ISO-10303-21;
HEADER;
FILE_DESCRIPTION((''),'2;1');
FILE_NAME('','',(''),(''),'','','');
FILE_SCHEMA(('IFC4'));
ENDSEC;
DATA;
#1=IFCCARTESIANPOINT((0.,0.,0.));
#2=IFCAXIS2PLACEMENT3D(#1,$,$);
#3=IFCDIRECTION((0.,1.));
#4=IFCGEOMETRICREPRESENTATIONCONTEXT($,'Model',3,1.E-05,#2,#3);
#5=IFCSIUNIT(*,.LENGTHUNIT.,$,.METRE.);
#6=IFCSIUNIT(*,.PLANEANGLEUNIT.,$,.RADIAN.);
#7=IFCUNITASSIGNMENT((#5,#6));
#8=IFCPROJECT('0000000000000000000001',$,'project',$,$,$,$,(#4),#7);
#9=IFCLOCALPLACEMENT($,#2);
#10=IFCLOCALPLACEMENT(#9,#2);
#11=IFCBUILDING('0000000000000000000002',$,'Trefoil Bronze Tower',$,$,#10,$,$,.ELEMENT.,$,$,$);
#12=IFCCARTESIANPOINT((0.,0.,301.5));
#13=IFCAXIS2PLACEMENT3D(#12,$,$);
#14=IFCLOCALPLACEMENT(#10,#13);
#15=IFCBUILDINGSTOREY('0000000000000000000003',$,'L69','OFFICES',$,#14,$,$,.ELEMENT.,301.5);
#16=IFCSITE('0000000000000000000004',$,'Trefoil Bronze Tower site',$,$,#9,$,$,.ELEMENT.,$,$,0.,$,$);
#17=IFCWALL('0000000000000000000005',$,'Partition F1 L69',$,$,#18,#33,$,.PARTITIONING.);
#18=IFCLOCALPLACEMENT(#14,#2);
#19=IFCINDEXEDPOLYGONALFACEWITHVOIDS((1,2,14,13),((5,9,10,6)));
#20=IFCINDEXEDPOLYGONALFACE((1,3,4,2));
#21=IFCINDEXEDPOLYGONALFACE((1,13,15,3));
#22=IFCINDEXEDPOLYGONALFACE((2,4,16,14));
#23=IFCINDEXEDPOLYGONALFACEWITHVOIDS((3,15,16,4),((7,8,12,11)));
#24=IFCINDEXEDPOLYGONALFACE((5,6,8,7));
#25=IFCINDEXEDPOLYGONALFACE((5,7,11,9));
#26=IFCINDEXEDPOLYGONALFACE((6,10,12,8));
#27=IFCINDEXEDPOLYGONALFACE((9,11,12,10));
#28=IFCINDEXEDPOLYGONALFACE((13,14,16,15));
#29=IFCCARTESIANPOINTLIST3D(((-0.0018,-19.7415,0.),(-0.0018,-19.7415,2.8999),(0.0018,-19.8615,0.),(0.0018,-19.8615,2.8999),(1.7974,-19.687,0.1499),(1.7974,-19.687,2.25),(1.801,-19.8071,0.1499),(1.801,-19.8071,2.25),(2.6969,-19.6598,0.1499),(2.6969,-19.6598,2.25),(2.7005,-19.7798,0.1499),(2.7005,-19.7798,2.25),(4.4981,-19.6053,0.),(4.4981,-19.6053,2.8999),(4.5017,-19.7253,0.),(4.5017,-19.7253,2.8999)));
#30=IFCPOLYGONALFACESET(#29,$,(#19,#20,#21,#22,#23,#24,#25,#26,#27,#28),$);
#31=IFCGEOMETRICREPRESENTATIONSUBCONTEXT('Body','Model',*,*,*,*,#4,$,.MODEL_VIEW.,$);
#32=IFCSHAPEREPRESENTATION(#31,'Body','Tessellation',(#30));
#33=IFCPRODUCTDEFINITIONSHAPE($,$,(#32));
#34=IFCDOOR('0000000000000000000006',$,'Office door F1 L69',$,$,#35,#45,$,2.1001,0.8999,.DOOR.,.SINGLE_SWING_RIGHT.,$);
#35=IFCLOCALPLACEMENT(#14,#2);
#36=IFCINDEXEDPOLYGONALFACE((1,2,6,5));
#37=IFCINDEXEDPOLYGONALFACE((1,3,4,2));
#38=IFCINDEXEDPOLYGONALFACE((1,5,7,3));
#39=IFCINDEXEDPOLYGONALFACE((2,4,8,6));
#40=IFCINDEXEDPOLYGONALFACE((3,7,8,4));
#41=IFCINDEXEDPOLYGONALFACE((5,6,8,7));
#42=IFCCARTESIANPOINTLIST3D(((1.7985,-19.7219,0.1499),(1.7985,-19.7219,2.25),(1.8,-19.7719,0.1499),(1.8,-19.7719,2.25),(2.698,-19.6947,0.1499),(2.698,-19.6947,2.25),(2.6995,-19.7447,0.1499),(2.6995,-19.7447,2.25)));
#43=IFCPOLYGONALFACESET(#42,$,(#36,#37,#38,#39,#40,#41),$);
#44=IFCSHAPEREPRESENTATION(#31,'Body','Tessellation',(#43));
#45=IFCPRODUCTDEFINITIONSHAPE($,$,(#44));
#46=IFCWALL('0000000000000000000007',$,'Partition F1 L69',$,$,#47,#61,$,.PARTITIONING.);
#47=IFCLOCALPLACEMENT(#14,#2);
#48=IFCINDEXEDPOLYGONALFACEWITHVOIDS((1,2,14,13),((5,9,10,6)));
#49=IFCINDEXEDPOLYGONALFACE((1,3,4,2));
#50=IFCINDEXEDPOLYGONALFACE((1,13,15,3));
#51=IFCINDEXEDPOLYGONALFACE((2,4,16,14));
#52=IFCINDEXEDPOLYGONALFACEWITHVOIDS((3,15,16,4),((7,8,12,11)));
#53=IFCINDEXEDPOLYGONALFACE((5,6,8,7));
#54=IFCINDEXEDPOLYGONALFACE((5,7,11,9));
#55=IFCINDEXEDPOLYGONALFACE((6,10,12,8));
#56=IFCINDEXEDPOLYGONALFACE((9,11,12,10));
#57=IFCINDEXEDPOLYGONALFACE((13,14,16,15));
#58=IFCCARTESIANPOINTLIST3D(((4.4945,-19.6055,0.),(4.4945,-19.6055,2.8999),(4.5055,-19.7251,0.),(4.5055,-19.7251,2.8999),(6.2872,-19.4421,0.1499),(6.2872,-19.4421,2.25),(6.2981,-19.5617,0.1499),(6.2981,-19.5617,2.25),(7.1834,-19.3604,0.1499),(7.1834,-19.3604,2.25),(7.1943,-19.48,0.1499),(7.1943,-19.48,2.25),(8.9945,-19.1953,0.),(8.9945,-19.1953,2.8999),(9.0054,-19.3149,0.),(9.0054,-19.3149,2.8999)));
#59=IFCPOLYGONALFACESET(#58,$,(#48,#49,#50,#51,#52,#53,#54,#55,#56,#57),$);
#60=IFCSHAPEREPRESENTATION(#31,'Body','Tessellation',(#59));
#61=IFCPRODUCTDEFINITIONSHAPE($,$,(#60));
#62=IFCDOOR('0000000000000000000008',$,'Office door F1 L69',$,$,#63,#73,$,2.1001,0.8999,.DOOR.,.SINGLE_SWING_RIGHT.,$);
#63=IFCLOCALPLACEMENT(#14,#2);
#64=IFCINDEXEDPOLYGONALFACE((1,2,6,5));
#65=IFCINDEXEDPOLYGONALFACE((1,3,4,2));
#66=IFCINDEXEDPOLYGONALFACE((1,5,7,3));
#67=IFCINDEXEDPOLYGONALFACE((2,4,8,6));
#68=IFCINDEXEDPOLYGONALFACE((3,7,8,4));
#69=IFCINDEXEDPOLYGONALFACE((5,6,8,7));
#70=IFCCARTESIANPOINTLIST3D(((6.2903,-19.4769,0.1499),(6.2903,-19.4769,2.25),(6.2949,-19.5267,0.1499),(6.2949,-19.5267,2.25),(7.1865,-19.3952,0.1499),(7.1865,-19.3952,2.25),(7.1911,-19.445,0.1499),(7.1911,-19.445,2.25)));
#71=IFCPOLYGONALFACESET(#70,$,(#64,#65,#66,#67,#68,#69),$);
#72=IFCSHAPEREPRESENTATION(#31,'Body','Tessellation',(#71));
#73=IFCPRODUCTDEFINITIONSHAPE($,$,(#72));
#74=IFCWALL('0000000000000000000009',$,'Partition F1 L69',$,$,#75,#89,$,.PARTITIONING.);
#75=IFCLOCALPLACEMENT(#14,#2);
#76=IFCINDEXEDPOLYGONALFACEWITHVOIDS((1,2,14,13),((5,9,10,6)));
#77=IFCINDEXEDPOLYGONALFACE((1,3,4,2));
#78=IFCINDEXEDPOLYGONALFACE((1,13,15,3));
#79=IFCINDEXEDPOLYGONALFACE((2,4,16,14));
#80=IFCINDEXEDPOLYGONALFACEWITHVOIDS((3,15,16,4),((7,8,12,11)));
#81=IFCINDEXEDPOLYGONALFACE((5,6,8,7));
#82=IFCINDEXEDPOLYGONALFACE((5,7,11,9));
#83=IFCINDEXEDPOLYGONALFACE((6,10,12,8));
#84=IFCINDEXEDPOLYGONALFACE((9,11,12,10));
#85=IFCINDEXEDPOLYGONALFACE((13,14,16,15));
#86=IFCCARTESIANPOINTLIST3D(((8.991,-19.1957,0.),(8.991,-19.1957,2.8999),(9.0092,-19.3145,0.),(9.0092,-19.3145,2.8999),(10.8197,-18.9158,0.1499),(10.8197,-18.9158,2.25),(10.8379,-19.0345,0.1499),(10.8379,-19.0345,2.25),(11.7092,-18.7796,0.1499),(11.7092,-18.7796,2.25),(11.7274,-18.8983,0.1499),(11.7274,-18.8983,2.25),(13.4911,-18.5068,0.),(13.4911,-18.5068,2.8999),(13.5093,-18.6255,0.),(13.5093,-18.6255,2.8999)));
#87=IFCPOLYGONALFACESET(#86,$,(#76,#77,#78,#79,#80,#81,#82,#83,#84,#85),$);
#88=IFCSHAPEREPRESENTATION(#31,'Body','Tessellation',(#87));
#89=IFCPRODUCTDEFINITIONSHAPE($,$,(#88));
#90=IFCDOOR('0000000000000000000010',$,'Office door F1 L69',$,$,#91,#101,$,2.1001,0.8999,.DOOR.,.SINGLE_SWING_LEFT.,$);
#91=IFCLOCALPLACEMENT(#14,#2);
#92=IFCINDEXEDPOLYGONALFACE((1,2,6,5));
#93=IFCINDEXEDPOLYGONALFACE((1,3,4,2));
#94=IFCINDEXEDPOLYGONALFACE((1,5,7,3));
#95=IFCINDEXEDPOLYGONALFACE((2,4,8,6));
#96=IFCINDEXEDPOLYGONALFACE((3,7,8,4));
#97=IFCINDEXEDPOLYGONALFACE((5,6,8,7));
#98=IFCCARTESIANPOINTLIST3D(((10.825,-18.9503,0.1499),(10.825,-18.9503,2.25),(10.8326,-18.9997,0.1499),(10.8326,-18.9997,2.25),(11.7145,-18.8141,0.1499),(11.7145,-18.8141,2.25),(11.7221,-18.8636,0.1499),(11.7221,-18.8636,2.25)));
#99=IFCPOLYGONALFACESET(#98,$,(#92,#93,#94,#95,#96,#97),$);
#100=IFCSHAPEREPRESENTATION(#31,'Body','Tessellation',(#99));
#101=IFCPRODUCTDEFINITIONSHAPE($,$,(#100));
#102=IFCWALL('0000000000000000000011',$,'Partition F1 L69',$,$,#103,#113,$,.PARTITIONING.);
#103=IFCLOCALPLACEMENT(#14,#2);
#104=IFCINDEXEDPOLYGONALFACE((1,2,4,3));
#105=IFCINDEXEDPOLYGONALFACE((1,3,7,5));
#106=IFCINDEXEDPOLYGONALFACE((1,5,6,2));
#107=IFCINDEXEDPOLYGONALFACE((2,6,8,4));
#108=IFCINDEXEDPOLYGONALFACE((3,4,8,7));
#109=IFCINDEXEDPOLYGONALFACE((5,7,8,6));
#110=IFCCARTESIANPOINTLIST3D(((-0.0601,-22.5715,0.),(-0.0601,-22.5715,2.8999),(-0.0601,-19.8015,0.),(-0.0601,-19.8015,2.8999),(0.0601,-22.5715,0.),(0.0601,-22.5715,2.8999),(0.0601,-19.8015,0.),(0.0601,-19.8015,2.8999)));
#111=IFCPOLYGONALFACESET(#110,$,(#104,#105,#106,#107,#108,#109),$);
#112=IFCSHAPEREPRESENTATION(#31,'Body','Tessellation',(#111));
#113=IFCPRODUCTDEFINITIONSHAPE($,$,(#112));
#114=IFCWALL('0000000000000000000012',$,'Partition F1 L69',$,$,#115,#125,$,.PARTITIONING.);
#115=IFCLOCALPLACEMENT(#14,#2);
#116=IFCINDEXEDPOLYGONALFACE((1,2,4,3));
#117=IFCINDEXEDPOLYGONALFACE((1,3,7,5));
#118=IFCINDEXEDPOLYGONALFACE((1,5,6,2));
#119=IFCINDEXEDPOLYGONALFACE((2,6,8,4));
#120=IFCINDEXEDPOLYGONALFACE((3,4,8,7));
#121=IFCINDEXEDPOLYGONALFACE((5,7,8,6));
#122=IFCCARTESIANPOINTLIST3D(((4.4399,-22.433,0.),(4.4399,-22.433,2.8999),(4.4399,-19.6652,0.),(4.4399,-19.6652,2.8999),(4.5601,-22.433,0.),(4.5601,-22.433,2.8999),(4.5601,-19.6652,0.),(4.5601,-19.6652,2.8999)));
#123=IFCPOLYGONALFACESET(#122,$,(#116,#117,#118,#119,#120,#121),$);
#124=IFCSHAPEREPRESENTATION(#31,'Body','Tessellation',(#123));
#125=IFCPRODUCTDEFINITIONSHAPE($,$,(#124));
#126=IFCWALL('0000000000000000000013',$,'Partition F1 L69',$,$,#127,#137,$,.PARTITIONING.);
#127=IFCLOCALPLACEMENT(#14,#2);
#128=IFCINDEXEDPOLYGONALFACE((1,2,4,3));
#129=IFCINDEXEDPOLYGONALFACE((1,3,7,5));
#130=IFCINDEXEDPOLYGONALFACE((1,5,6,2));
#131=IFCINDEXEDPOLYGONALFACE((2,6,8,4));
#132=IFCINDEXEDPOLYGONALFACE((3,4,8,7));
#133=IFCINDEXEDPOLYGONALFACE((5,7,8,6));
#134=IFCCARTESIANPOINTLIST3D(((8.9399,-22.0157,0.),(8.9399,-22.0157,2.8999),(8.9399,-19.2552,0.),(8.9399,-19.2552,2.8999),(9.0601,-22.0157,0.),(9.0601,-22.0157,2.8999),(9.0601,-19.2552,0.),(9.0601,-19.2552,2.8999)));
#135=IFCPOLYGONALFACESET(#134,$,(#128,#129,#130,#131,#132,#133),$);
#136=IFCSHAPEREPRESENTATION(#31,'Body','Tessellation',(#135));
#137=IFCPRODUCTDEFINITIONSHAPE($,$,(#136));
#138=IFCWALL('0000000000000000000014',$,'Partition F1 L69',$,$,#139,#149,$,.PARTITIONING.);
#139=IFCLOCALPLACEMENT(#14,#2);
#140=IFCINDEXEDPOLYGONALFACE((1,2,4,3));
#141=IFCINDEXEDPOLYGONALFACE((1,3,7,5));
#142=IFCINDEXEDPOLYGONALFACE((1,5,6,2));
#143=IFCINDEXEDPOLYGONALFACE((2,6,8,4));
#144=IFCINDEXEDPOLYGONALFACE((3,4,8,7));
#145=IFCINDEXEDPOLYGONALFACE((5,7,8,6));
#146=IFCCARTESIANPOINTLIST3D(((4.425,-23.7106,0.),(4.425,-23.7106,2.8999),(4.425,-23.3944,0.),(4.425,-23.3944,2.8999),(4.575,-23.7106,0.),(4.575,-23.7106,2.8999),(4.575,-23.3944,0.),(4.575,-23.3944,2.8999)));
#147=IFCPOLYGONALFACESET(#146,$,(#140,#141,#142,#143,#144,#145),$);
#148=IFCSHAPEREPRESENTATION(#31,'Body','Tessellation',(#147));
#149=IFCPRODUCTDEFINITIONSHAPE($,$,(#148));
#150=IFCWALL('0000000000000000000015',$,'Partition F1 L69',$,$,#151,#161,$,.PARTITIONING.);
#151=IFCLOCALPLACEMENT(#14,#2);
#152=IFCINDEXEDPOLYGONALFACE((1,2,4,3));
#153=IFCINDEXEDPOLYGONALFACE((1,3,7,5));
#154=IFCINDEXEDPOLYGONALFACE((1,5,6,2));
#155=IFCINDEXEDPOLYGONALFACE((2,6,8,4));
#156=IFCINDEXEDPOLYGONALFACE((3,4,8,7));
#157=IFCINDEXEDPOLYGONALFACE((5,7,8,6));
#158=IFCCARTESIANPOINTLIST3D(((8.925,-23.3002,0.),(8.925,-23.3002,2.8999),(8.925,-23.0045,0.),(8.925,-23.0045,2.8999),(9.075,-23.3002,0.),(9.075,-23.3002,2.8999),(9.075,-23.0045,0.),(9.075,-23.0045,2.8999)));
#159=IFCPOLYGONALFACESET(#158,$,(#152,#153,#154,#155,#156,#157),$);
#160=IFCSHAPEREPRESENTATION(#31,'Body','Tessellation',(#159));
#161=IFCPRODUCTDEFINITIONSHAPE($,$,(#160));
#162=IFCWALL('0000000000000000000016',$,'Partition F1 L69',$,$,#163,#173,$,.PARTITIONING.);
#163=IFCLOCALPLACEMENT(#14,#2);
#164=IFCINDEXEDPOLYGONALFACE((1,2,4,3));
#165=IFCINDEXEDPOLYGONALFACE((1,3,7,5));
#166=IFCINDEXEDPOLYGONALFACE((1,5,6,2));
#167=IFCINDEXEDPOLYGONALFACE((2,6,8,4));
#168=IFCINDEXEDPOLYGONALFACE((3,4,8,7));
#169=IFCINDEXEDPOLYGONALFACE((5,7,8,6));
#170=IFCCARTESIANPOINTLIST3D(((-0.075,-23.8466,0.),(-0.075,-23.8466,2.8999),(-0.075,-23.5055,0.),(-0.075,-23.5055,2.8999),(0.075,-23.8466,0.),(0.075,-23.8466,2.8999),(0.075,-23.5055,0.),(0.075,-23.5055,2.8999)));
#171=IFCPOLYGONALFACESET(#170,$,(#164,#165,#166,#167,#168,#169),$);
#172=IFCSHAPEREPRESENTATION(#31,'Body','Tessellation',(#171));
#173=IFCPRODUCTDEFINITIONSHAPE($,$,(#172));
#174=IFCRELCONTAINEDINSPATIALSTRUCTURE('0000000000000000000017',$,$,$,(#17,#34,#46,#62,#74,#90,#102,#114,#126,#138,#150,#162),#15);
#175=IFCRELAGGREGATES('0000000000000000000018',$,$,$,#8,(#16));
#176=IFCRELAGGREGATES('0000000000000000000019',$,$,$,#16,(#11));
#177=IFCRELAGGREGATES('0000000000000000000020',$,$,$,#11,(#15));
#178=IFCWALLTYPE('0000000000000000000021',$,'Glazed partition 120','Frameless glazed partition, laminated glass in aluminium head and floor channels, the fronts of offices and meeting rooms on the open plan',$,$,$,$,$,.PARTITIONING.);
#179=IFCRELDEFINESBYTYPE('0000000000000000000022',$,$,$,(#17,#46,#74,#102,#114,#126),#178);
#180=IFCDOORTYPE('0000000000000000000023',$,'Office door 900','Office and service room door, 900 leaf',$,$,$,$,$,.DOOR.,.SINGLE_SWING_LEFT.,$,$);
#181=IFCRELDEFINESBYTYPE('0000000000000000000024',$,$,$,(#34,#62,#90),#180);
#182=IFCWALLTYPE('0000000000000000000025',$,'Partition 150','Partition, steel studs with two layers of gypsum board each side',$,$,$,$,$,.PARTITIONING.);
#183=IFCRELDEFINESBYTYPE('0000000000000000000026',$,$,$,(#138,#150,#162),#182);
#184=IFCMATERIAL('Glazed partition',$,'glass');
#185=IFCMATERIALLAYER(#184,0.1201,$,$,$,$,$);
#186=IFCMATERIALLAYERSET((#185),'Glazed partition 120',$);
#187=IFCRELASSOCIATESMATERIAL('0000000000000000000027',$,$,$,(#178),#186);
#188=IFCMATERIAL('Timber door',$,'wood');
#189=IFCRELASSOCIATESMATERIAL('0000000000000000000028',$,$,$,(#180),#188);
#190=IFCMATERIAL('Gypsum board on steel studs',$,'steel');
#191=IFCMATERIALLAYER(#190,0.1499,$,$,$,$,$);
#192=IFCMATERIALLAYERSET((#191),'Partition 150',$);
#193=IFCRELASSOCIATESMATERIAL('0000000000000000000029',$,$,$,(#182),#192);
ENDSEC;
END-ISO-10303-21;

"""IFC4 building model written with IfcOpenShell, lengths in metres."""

from ifc_helpers import new_model, si_unit, direction, frame, frame_2d, origin, place, context, subcontext, project, spatial, rectangle, extrude, material, layer, layer_set, type_object, element, fill, save


model = new_model("IFC4")

# Units and contexts
model_context = context("Model", 3, precision=1e-05, world=origin(), true_north=direction((0.0, 1.0)))
body_context = subcontext(model_context, "Body", "Model", "MODEL_VIEW")
ifc_project = project(units=[si_unit("LENGTHUNIT", "METRE"), si_unit("PLANEANGLEUNIT", "RADIAN")], contexts=[model_context])

# Site, building, storey
site_placement = place(None, origin())
site = spatial("IfcSite", under=ifc_project, at=site_placement, Name="Trefoil Bronze Tower site", CompositionType="ELEMENT", RefElevation=0.0)
building_placement = place(site_placement, origin())
building = spatial("IfcBuilding", under=site, at=building_placement, Name="Trefoil Bronze Tower", CompositionType="ELEMENT")
storey_placement = place(building_placement, frame((0.0, 0.0, 301.5)))
storey = spatial("IfcBuildingStorey", under=building, at=storey_placement, Name="L69", Description="OFFICES", CompositionType="ELEMENT", Elevation=301.5)

# Shared definitions
ifc_material_1 = material(Name="Glazed partition", Category="glass")
ifc_layer_1 = layer(ifc_material_1, 0.1201)
ifc_layer_set_1 = layer_set([ifc_layer_1], Name="Glazed partition 120")
wall_type_1 = type_object("IfcWallType", Name="Glazed partition 120", Description="Frameless glazed partition, laminated glass in aluminium head and floor channels, the fronts of offices and meeting rooms on the open plan", PredefinedType="PARTITIONING", material=ifc_layer_set_1)

# Walls, openings, doors
wall_1_placement = place(storey_placement, frame((0.0, -19.8015, 0.0), z_axis=(0.0, 0.0, 1.0), x_axis=(0.999542, 0.03026, 0.0)))
wall_1 = element("IfcWall", 1, at=wall_1_placement, inside=storey, type_object=wall_type_1, Name="Partition F1 L69", PredefinedType="PARTITIONING", context=body_context, shape_type="SweptSolid", body=[
    extrude(rectangle(XDim=4.502, YDim=0.1201, at=frame_2d((2.251, 0.0))), origin(), (0.0, 0.0, 1.0), 2.8999),
])
opening_1_placement = place(wall_1_placement, frame((1.8, 0.0, 0.1499)))
opening_1 = element("IfcOpeningElement", 2, at=opening_1_placement, cuts=wall_1, PredefinedType="OPENING", context=body_context, shape_type="SweptSolid", body=[
    extrude(rectangle(XDim=0.8999, YDim=2.1001, at=frame_2d((0.45, 1.05))), frame((0.0, 0.0701, 0.0), z_axis=(0.0, -1.0, 0.0), x_axis=(1.0, 0.0, 0.0)), (0.0, 0.0, 1.0), 0.1401),
])
ifc_material_2 = material(Name="Timber door", Category="wood")
door_type = type_object("IfcDoorType", Name="Office door 900", Description="Office and service room door, 900 leaf", OperationType="SINGLE_SWING_LEFT", PredefinedType="DOOR", material=ifc_material_2)
door_1_placement = place(opening_1_placement, frame((0.8999, 0.0, 0.0), z_axis=(0.0, 0.0, 1.0), x_axis=(-1.0, 0.0, 0.0)))
door_1 = element("IfcDoor", 3, at=door_1_placement, inside=storey, type_object=door_type, Name="Office door F1 L69", OperationType="SINGLE_SWING_RIGHT", OverallHeight=2.1001, OverallWidth=0.8999, PredefinedType="DOOR", context=body_context, shape_type="SweptSolid", body=[
    extrude(rectangle(XDim=0.8999, YDim=2.1001, at=frame_2d((0.45, 1.05))), frame((0.0, 0.0249, 0.0), z_axis=(0.0, -1.0, 0.0), x_axis=(1.0, 0.0, 0.0)), (0.0, 0.0, 1.0), 0.05),
])
fill(opening_1, door_1)
wall_2_placement = place(storey_placement, frame((4.5, -19.6653, 0.0), z_axis=(0.0, 0.0, 1.0), x_axis=(0.995872, 0.09077, 0.0)))
wall_2 = element("IfcWall", 4, at=wall_2_placement, inside=storey, type_object=wall_type_1, Name="Partition F1 L69", PredefinedType="PARTITIONING", context=body_context, shape_type="SweptSolid", body=[
    extrude(rectangle(XDim=4.5186, YDim=0.1201, at=frame_2d((2.2593, 0.0))), origin(), (0.0, 0.0, 1.0), 2.8999),
])
opening_2_placement = place(wall_2_placement, frame((1.8, 0.0, 0.1499)))
opening_2 = element("IfcOpeningElement", 5, at=opening_2_placement, cuts=wall_2, PredefinedType="OPENING", context=body_context, shape_type="SweptSolid", body=[
    extrude(rectangle(XDim=0.8999, YDim=2.1001, at=frame_2d((0.45, 1.05))), frame((0.0, 0.0701, 0.0), z_axis=(0.0, -1.0, 0.0), x_axis=(1.0, 0.0, 0.0)), (0.0, 0.0, 1.0), 0.1401),
])
door_2_placement = place(opening_2_placement, frame((0.8999, 0.0, 0.0), z_axis=(0.0, 0.0, 1.0), x_axis=(-1.0, 0.0, 0.0)))
door_2 = element("IfcDoor", 6, at=door_2_placement, inside=storey, type_object=door_type, Name="Office door F1 L69", OperationType="SINGLE_SWING_RIGHT", OverallHeight=2.1001, OverallWidth=0.8999, PredefinedType="DOOR", context=body_context, shape_type="SweptSolid", body=[
    extrude(rectangle(XDim=0.8999, YDim=2.1001, at=frame_2d((0.45, 1.05))), frame((0.0, 0.0249, 0.0), z_axis=(0.0, -1.0, 0.0), x_axis=(1.0, 0.0, 0.0)), (0.0, 0.0, 1.0), 0.05),
])
fill(opening_2, door_2)
wall_3_placement = place(storey_placement, frame((9.0, -19.2551, 0.0), z_axis=(0.0, 0.0, 1.0), x_axis=(0.988482, 0.15134, 0.0)))
wall_3 = element("IfcWall", 7, at=wall_3_placement, inside=storey, type_object=wall_type_1, Name="Partition F1 L69", PredefinedType="PARTITIONING", context=body_context, shape_type="SweptSolid", body=[
    extrude(rectangle(XDim=4.5525, YDim=0.1201, at=frame_2d((2.2764, 0.0))), origin(), (0.0, 0.0, 1.0), 2.8999),
])
opening_3_placement = place(wall_3_placement, frame((1.8501, 0.0, 0.1499)))
opening_3 = element("IfcOpeningElement", 8, at=opening_3_placement, cuts=wall_3, PredefinedType="OPENING", context=body_context, shape_type="SweptSolid", body=[
    extrude(rectangle(XDim=0.8999, YDim=2.1001, at=frame_2d((0.45, 1.05))), frame((0.0, 0.0701, 0.0), z_axis=(0.0, -1.0, 0.0), x_axis=(1.0, 0.0, 0.0)), (0.0, 0.0, 1.0), 0.1401),
])
door_3_placement = place(opening_3_placement, frame((0.8999, 0.0, 0.0), z_axis=(0.0, 0.0, 1.0), x_axis=(-1.0, 0.0, 0.0)))
door_3 = element("IfcDoor", 9, at=door_3_placement, inside=storey, type_object=door_type, Name="Office door F1 L69", OperationType="SINGLE_SWING_LEFT", OverallHeight=2.1001, OverallWidth=0.8999, PredefinedType="DOOR", context=body_context, shape_type="SweptSolid", body=[
    extrude(rectangle(XDim=0.8999, YDim=2.1001, at=frame_2d((0.45, 1.05))), frame((0.0, 0.0249, 0.0), z_axis=(0.0, -1.0, 0.0), x_axis=(1.0, 0.0, 0.0)), (0.0, 0.0, 1.0), 0.05),
])
fill(opening_3, door_3)

# Walls
wall_4_placement = place(storey_placement, frame((0.0, -19.8015, 0.0), z_axis=(0.0, 0.0, 1.0), x_axis=(0.0, -1.0, 0.0)))
element("IfcWall", 10, at=wall_4_placement, inside=storey, type_object=wall_type_1, Name="Partition F1 L69", PredefinedType="PARTITIONING", context=body_context, shape_type="SweptSolid", body=[
    extrude(rectangle(XDim=2.77, YDim=0.1201, at=frame_2d((1.385, 0.0))), origin(), (0.0, 0.0, 1.0), 2.8999),
])
wall_5_placement = place(storey_placement, frame((4.5, -19.6653, 0.0), z_axis=(0.0, 0.0, 1.0), x_axis=(0.0, -1.0, 0.0)))
element("IfcWall", 11, at=wall_5_placement, inside=storey, type_object=wall_type_1, Name="Partition F1 L69", PredefinedType="PARTITIONING", context=body_context, shape_type="SweptSolid", body=[
    extrude(rectangle(XDim=2.7678, YDim=0.1201, at=frame_2d((1.3838, 0.0))), origin(), (0.0, 0.0, 1.0), 2.8999),
])
wall_6_placement = place(storey_placement, frame((9.0, -19.2551, 0.0), z_axis=(0.0, 0.0, 1.0), x_axis=(0.0, -1.0, 0.0)))
element("IfcWall", 12, at=wall_6_placement, inside=storey, type_object=wall_type_1, Name="Partition F1 L69", PredefinedType="PARTITIONING", context=body_context, shape_type="SweptSolid", body=[
    extrude(rectangle(XDim=2.7605, YDim=0.1201, at=frame_2d((1.3804, 0.0))), origin(), (0.0, 0.0, 1.0), 2.8999),
])
ifc_material_3 = material(Name="Gypsum board on steel studs", Category="steel")
ifc_layer_2 = layer(ifc_material_3, 0.1499)
ifc_layer_set_2 = layer_set([ifc_layer_2], Name="Partition 150")
wall_type_2 = type_object("IfcWallType", Name="Partition 150", Description="Partition, steel studs with two layers of gypsum board each side", PredefinedType="PARTITIONING", material=ifc_layer_set_2)
wall_7_placement = place(storey_placement, frame((4.5, -23.3943, 0.0), z_axis=(0.0, 0.0, 1.0), x_axis=(0.0, -1.0, 0.0)))
element("IfcWall", 13, at=wall_7_placement, inside=storey, type_object=wall_type_2, Name="Partition F1 L69", PredefinedType="PARTITIONING", context=body_context, shape_type="SweptSolid", body=[
    extrude(rectangle(XDim=0.3162, YDim=0.1499, at=frame_2d((0.1582, 0.0))), origin(), (0.0, 0.0, 1.0), 2.8999),
])
wall_8_placement = place(storey_placement, frame((9.0, -23.0044, 0.0), z_axis=(0.0, 0.0, 1.0), x_axis=(0.0, -1.0, 0.0)))
element("IfcWall", 14, at=wall_8_placement, inside=storey, type_object=wall_type_2, Name="Partition F1 L69", PredefinedType="PARTITIONING", context=body_context, shape_type="SweptSolid", body=[
    extrude(rectangle(XDim=0.2957, YDim=0.1499, at=frame_2d((0.1479, 0.0))), origin(), (0.0, 0.0, 1.0), 2.8999),
])
wall_9_placement = place(storey_placement, frame((0.0, -23.5056, 0.0), z_axis=(0.0, 0.0, 1.0), x_axis=(0.0, -1.0, 0.0)))
element("IfcWall", 15, at=wall_9_placement, inside=storey, type_object=wall_type_2, Name="Partition F1 L69", PredefinedType="PARTITIONING", context=body_context, shape_type="SweptSolid", body=[
    extrude(rectangle(XDim=0.3411, YDim=0.1499, at=frame_2d((0.1704, 0.0))), origin(), (0.0, 0.0, 1.0), 2.8999),
])

save(model, "model.ifc")
